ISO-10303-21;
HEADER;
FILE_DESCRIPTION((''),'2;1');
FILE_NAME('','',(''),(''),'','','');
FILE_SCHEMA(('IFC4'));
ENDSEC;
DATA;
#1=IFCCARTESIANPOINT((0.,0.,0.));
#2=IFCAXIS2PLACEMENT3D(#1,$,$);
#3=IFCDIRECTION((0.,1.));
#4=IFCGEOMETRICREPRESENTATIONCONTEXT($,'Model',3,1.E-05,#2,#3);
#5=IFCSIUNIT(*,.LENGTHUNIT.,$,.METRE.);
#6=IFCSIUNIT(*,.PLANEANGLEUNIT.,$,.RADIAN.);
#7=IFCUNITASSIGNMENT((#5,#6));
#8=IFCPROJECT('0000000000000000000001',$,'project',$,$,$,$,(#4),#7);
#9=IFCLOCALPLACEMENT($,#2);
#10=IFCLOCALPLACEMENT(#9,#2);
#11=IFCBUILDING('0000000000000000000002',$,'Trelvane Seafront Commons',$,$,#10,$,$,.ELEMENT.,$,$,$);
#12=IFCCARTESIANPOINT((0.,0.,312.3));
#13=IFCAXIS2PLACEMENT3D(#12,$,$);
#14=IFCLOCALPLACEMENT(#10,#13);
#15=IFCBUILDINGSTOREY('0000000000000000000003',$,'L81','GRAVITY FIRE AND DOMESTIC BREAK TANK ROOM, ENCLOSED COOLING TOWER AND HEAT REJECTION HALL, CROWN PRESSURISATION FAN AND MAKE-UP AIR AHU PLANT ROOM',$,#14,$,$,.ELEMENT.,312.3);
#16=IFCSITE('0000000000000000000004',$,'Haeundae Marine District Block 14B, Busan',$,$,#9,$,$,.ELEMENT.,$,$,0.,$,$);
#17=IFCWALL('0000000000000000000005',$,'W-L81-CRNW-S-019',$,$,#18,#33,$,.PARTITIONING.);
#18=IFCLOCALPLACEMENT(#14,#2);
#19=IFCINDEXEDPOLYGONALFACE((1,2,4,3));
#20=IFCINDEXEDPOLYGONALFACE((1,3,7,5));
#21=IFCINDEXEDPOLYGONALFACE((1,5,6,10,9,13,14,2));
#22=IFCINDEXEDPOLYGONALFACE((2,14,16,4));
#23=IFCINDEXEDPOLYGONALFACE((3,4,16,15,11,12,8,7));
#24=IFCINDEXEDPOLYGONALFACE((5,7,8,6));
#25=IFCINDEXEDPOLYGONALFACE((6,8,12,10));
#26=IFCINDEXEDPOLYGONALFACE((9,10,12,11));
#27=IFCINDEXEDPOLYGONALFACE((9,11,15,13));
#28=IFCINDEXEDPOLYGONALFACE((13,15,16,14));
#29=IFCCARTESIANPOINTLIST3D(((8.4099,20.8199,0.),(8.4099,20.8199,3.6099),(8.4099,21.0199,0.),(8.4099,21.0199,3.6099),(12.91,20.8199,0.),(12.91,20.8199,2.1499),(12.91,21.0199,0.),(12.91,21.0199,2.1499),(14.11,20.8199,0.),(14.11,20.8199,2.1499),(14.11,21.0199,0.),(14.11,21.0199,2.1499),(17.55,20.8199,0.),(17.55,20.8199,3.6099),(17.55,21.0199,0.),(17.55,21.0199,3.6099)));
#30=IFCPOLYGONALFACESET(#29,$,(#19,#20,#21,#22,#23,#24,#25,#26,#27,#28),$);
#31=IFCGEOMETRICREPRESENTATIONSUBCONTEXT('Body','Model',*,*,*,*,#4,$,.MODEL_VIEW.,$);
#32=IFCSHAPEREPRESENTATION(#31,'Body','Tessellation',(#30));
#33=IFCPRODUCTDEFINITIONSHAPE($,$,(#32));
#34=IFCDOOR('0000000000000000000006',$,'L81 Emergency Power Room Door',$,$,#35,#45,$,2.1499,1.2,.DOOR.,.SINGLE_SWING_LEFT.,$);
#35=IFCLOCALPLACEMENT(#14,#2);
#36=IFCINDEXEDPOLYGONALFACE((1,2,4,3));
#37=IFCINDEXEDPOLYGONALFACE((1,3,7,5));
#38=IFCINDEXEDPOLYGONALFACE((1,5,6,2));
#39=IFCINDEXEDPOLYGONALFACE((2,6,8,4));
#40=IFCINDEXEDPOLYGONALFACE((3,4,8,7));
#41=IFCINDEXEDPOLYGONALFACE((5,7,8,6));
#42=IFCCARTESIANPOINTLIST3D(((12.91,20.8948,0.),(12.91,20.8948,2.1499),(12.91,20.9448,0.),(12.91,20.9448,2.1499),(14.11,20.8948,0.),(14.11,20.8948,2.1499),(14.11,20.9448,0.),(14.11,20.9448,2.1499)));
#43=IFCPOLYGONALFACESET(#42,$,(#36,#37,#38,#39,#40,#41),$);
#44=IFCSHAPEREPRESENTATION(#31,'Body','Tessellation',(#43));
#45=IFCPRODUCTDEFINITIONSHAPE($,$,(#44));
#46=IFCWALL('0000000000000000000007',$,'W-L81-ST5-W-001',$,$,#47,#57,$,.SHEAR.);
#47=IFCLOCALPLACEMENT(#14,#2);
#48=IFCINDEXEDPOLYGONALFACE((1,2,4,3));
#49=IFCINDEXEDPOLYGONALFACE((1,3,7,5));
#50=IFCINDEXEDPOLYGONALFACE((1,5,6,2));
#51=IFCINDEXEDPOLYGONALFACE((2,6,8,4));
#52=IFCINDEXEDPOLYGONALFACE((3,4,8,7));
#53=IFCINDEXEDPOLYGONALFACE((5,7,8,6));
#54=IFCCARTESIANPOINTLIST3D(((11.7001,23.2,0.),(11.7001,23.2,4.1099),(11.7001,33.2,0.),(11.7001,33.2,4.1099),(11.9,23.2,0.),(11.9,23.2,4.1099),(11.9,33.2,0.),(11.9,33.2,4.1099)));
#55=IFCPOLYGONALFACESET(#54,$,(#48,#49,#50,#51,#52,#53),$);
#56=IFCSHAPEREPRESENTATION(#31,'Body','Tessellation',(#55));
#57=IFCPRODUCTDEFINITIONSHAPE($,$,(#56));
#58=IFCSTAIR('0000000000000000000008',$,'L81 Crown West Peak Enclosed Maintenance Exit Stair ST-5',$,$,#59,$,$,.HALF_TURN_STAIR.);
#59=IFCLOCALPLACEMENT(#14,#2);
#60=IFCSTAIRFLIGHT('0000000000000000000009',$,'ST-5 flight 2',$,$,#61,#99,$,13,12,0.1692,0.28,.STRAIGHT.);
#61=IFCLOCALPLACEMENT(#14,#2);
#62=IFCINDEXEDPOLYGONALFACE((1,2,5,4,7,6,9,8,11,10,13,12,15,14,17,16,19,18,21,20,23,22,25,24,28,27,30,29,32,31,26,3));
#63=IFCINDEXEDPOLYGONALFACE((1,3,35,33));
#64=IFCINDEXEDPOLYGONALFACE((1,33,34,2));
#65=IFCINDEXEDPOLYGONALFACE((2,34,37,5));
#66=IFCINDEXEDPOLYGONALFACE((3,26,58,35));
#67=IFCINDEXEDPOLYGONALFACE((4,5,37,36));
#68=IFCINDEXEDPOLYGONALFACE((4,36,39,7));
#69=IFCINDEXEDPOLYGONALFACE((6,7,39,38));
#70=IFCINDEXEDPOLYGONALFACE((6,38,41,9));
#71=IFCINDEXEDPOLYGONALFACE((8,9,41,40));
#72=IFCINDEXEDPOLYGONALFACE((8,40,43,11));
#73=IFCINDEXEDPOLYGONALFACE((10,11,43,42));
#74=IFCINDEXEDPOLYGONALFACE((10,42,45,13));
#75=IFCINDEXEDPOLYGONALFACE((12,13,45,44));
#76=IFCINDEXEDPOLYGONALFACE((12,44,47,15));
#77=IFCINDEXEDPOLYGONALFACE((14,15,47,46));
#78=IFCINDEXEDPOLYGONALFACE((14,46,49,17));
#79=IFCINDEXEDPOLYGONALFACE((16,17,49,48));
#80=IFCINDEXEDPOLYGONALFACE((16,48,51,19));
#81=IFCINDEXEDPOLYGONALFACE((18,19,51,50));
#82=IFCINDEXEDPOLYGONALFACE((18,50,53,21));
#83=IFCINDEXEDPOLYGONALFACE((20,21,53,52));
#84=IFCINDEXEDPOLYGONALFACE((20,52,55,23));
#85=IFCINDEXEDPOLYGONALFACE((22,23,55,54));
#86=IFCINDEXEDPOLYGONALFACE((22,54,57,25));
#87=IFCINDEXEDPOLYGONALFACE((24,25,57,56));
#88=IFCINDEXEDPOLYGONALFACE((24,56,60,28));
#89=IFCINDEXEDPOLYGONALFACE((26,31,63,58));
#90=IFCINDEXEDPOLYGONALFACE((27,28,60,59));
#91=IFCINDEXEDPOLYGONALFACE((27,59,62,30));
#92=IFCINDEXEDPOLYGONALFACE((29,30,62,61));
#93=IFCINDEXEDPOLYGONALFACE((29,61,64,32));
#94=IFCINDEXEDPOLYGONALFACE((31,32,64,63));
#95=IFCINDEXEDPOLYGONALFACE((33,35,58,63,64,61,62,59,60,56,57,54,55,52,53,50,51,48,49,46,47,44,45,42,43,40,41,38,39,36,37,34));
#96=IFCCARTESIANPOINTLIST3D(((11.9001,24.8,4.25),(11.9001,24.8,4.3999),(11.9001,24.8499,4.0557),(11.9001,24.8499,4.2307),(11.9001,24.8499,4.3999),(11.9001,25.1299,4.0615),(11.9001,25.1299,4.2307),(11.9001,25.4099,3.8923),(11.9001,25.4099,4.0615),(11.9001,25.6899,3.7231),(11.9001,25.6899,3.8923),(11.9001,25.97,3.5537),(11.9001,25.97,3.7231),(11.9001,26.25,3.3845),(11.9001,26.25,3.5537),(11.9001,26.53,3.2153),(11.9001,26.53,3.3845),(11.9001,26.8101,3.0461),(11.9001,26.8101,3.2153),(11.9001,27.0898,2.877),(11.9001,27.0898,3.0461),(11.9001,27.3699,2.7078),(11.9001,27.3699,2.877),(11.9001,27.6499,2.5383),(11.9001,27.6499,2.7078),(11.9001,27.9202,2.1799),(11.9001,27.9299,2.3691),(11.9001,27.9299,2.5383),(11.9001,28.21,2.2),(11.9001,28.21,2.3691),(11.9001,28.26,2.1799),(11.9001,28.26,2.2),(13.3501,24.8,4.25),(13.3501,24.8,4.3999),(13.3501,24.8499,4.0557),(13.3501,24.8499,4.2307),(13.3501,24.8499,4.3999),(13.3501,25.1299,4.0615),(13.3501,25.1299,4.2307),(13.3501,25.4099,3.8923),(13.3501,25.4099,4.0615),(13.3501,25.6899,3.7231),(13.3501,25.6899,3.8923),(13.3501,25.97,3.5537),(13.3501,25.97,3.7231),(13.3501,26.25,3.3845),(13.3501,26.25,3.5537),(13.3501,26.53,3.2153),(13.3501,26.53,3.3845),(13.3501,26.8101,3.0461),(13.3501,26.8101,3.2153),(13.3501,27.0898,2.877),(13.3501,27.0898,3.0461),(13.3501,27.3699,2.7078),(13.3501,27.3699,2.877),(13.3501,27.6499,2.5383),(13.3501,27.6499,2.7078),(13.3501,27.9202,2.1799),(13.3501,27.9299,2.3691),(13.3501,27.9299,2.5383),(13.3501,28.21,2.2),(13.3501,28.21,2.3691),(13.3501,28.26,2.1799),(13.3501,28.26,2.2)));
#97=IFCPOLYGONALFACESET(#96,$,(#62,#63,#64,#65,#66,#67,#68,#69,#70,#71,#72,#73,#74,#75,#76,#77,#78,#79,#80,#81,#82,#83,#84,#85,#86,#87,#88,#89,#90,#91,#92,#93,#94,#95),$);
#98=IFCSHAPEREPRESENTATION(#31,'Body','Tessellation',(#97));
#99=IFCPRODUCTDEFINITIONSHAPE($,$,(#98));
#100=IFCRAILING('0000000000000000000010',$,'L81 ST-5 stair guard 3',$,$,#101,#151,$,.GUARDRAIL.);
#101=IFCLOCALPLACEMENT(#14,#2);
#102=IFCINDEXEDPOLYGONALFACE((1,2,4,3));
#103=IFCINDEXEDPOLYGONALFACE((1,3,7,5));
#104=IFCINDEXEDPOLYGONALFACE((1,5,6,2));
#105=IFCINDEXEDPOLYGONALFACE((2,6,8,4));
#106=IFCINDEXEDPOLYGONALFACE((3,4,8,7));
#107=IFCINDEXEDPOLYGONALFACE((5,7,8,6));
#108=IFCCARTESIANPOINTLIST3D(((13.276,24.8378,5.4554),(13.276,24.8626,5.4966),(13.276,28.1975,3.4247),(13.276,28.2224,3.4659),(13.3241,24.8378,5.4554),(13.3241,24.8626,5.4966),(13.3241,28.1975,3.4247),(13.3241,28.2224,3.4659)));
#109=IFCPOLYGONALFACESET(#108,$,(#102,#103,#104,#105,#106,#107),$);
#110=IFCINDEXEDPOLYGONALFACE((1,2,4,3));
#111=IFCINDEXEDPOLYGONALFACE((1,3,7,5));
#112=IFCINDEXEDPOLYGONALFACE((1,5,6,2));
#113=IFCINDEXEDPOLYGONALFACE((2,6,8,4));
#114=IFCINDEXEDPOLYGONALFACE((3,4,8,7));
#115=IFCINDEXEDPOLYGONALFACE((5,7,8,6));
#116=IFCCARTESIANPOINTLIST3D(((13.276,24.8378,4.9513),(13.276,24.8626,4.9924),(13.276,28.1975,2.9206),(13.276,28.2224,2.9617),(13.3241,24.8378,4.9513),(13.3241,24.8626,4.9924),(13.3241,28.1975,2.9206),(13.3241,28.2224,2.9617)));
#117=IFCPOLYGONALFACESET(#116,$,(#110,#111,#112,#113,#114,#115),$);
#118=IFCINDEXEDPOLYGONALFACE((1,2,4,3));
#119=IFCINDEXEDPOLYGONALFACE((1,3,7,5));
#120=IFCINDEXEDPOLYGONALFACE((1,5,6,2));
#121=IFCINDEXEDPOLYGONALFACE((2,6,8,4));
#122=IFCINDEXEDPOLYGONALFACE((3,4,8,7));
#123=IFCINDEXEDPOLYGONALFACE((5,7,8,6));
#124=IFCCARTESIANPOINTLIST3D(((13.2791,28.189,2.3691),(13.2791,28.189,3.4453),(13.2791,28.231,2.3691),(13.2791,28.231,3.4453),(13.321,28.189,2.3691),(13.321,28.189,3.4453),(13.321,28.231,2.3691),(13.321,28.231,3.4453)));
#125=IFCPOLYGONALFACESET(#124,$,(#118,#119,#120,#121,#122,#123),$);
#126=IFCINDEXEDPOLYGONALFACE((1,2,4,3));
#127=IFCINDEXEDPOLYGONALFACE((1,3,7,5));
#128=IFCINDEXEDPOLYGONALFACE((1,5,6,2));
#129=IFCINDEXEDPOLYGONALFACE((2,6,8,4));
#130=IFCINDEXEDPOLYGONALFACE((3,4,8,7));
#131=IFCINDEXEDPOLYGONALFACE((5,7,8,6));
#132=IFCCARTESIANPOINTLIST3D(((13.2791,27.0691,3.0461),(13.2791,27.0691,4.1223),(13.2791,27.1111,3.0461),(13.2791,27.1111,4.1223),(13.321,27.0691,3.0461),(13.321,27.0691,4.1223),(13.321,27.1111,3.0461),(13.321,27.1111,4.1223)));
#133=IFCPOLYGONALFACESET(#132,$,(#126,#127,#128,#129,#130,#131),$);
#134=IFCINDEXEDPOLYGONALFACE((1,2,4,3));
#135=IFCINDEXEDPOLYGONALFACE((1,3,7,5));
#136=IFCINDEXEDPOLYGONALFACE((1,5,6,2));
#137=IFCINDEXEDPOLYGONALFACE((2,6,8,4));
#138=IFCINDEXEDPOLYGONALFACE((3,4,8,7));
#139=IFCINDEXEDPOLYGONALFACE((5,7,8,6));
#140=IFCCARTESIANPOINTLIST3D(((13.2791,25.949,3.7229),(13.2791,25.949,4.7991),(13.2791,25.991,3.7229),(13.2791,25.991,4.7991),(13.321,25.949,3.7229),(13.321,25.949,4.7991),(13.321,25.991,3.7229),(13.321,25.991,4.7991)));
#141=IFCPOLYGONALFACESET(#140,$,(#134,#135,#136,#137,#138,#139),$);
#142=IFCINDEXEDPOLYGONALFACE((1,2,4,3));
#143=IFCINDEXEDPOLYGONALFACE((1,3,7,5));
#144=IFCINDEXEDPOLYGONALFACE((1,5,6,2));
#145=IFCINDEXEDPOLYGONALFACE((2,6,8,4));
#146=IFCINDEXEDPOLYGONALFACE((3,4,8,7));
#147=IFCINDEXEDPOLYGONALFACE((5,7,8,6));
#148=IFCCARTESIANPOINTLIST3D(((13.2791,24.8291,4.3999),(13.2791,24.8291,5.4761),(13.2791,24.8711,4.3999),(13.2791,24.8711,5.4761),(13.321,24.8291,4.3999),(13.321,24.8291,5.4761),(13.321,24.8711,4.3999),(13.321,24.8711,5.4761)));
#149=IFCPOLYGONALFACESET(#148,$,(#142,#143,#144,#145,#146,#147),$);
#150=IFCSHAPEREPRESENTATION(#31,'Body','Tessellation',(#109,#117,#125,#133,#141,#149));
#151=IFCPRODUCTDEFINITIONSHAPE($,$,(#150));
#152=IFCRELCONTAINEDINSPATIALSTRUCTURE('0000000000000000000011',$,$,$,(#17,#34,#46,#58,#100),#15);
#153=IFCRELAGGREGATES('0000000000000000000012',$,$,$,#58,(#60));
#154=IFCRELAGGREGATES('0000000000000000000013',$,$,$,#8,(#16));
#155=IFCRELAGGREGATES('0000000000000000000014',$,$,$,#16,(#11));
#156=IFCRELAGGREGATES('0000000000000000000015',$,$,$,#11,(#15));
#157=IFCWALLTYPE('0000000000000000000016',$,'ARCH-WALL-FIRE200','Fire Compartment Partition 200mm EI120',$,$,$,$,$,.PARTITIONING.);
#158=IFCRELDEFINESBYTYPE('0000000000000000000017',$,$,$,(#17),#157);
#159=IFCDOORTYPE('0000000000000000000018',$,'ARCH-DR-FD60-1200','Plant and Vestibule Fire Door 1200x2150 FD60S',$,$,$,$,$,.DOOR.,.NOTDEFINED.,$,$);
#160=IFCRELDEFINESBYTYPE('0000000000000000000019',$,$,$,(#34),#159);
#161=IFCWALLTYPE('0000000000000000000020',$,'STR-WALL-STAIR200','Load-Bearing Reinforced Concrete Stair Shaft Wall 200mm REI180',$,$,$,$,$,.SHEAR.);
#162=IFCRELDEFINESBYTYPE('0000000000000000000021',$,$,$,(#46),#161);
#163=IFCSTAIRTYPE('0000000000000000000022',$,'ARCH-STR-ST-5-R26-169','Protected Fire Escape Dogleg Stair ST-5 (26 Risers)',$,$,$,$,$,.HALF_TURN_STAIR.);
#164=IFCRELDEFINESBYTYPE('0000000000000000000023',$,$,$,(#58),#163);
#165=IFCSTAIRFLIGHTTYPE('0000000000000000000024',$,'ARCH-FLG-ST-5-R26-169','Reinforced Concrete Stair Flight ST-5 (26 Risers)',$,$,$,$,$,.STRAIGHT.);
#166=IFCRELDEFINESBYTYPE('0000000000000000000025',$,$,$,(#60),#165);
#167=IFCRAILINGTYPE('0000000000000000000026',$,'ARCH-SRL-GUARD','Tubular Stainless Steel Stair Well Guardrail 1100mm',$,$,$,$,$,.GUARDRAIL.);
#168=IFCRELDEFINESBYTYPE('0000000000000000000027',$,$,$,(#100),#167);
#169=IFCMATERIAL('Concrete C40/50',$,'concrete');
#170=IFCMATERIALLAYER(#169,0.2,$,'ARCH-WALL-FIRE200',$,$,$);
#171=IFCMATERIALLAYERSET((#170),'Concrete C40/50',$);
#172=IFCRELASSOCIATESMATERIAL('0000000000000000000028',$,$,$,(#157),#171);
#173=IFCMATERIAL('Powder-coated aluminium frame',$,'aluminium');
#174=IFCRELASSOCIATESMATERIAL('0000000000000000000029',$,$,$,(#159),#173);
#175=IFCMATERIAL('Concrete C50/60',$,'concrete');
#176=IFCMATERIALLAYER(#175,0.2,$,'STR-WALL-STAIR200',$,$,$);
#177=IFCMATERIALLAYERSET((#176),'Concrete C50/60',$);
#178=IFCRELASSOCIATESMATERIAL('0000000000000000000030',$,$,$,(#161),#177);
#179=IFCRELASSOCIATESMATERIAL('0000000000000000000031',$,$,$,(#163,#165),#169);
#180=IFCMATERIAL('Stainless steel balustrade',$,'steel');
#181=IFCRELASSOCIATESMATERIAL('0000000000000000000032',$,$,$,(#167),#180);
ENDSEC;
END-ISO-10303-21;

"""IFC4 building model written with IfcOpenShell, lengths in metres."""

from ifc_helpers import new_model, si_unit, direction, frame, frame_2d, origin, origin_2d, place, context, subcontext, project, spatial, polyline, rectangle, outline, extrude, source, transform, mapped, material, layer, layer_set, type_object, element, fill, aggregate, save


model = new_model("IFC4")

# Units and contexts
model_context = context("Model", 3, precision=1e-05, world=origin(), true_north=direction((0.0, 1.0)))
body_context = subcontext(model_context, "Body", "Model", "MODEL_VIEW")
ifc_project = project(units=[si_unit("LENGTHUNIT", "METRE"), si_unit("PLANEANGLEUNIT", "RADIAN")], contexts=[model_context])

# Site, building, storey
site_placement = place(None, origin())
site = spatial("IfcSite", under=ifc_project, at=site_placement, Name="Haeundae Marine District Block 14B, Busan", CompositionType="ELEMENT", RefElevation=0.0)
building_placement = place(site_placement, origin())
building = spatial("IfcBuilding", under=site, at=building_placement, Name="Trelvane Seafront Commons", CompositionType="ELEMENT")
storey_placement = place(building_placement, frame((0.0, 0.0, 312.3)))
storey = spatial("IfcBuildingStorey", under=building, at=storey_placement, Name="L81", Description="GRAVITY FIRE AND DOMESTIC BREAK TANK ROOM, ENCLOSED COOLING TOWER AND HEAT REJECTION HALL, CROWN PRESSURISATION FAN AND MAKE-UP AIR AHU PLANT ROOM", CompositionType="ELEMENT", Elevation=312.3)

# Wall, opening, door
ifc_material_1 = material(Name="Concrete C40/50", Category="concrete")
ifc_layer_1 = layer(ifc_material_1, 0.2, Name="ARCH-WALL-FIRE200")
ifc_layer_set_1 = layer_set([ifc_layer_1], Name="Concrete C40/50")
wall_type_1 = type_object("IfcWallType", Name="ARCH-WALL-FIRE200", Description="Fire Compartment Partition 200mm EI120", PredefinedType="PARTITIONING", material=ifc_layer_set_1)
wall_1_placement = place(storey_placement, frame((8.4099, 20.9199, 0.0), z_axis=(0.0, 0.0, 1.0), x_axis=(1.0, 0.0, 0.0)))
wall_1 = element("IfcWall", 1, at=wall_1_placement, inside=storey, type_object=wall_type_1, Name="W-L81-CRNW-S-019", PredefinedType="PARTITIONING", context=body_context, shape_type="SweptSolid", body=[
    extrude(rectangle(XDim=9.1401, YDim=0.2, at=frame_2d((4.5701, 0.0))), origin(), (0.0, 0.0, 1.0), 3.6099),
])
opening_1_placement = place(wall_1_placement, frame((4.5, 0.0, 0.0)))
opening_1 = element("IfcOpeningElement", 2, at=opening_1_placement, cuts=wall_1, PredefinedType="OPENING", context=body_context, shape_type="SweptSolid", body=[
    extrude(rectangle(XDim=1.2, YDim=2.1499, at=frame_2d((0.6001, 1.075))), frame((0.0, 0.1099, 0.0), z_axis=(0.0, -1.0, 0.0), x_axis=(1.0, 0.0, 0.0)), (0.0, 0.0, 1.0), 0.22),
])
ifc_material_2 = material(Name="Powder-coated aluminium frame", Category="aluminium")
door_type_1 = type_object("IfcDoorType", Name="ARCH-DR-FD60-1200", Description="Plant and Vestibule Fire Door 1200x2150 FD60S", OperationType="NOTDEFINED", PredefinedType="DOOR", material=ifc_material_2)
shared_shape_1 = source(origin(), body_context, "Body", "SweptSolid", [
    extrude(rectangle(XDim=1.2, YDim=2.1499, at=frame_2d((0.6001, 1.075))), frame((0.0, 0.0249, 0.0), z_axis=(0.0, -1.0, 0.0), x_axis=(1.0, 0.0, 0.0)), (0.0, 0.0, 1.0), 0.05),
])
door_1_placement = place(opening_1_placement, origin())
door_1 = element("IfcDoor", 3, at=door_1_placement, inside=storey, type_object=door_type_1, Name="L81 Emergency Power Room Door", OperationType="SINGLE_SWING_LEFT", OverallHeight=2.1499, OverallWidth=1.2, PredefinedType="DOOR", context=body_context, shape_type="MappedRepresentation", body=[
    mapped(shared_shape_1, transform((0.0, 0.0, 0.0), x_axis=(1.0, 0.0, 0.0), y_axis=(0.0, 1.0, 0.0), z_axis=(0.0, 0.0, 1.0), scale=1.0)),
])
fill(opening_1, door_1)

# Wall
ifc_material_3 = material(Name="Concrete C50/60", Category="concrete")
ifc_layer_2 = layer(ifc_material_3, 0.2, Name="STR-WALL-STAIR200")
ifc_layer_set_2 = layer_set([ifc_layer_2], Name="Concrete C50/60")
wall_type_2 = type_object("IfcWallType", Name="STR-WALL-STAIR200", Description="Load-Bearing Reinforced Concrete Stair Shaft Wall 200mm REI180", PredefinedType="SHEAR", material=ifc_layer_set_2)
wall_2_placement = place(storey_placement, frame((11.8, 23.2, 0.0), z_axis=(0.0, 0.0, 1.0), x_axis=(0.0, 1.0, 0.0)))
element("IfcWall", 4, at=wall_2_placement, inside=storey, type_object=wall_type_2, Name="W-L81-ST5-W-001", PredefinedType="SHEAR", context=body_context, shape_type="SweptSolid", body=[
    extrude(rectangle(XDim=10.0, YDim=0.2, at=frame_2d((5.0, 0.0))), origin(), (0.0, 0.0, 1.0), 4.1099),
])

# Stair, stair flight
stair_type = type_object("IfcStairType", Name="ARCH-STR-ST-5-R26-169", Description="Protected Fire Escape Dogleg Stair ST-5 (26 Risers)", PredefinedType="HALF_TURN_STAIR", material=ifc_material_1)
stair_placement = place(storey_placement, origin())
stair = element("IfcStair", 5, at=stair_placement, inside=storey, type_object=stair_type, Name="L81 Crown West Peak Enclosed Maintenance Exit Stair ST-5", PredefinedType="HALF_TURN_STAIR")
stair_flight_type = type_object("IfcStairFlightType", Name="ARCH-FLG-ST-5-R26-169", Description="Reinforced Concrete Stair Flight ST-5 (26 Risers)", PredefinedType="STRAIGHT", material=ifc_material_1)
shared_shape_2 = source(origin(), body_context, "Body", "SweptSolid", [
    extrude(outline(polyline([(-0.05, -0.02), (-0.05, 0.0), (0.0, 0.0), (0.0, 0.1692), (0.28, 0.1692), (0.28, 0.3384), (0.5601, 0.3384), (0.5601, 0.5078), (0.8401, 0.5078), (0.8401, 0.677), (1.1201, 0.677), (1.1201, 0.8462), (1.3999, 0.8462), (1.3999, 1.0154), (1.6799, 1.0154), (1.6799, 1.1846), (1.96, 1.1846), (1.96, 1.3538), (2.24, 1.3538), (2.24, 1.5232), (2.52, 1.5232), (2.52, 1.6924), (2.8, 1.6924), (2.8, 1.8616), (3.0801, 1.8616), (3.0801, 2.0308), (3.3601, 2.0308), (3.3601, 2.2), (3.4099, 2.2), (3.4099, 2.05), (3.3601, 1.8557), (0.2898, -0.02), (-0.05, -0.02)])), frame((0.0, 0.7251, 0.0), z_axis=(0.0, -1.0, 0.0), x_axis=(1.0, 0.0, 0.0)), (0.0, 0.0, 1.0), 1.45),
])
stair_flight_placement = place(storey_placement, frame((12.625, 28.21, 2.2), z_axis=(0.0, 0.0, 1.0), x_axis=(0.0, -1.0, 0.0)))
stair_flight = element("IfcStairFlight", 6, at=stair_flight_placement, type_object=stair_flight_type, Name="ST-5 flight 2", NumberOfRisers=13, NumberOfTreads=12, PredefinedType="STRAIGHT", RiserHeight=0.1692, TreadLength=0.28, context=body_context, shape_type="MappedRepresentation", body=[
    mapped(shared_shape_2, transform((0.0, 0.0, 0.0), x_axis=(1.0, 0.0, 0.0), y_axis=(0.0, 1.0, 0.0), z_axis=(0.0, 0.0, 1.0), scale=1.0)),
])
aggregate(stair, [stair_flight])

# Railing
ifc_material_4 = material(Name="Stainless steel balustrade", Category="steel")
railing_type_1 = type_object("IfcRailingType", Name="ARCH-SRL-GUARD", Description="Tubular Stainless Steel Stair Well Guardrail 1100mm", PredefinedType="GUARDRAIL", material=ifc_material_4)
railing_1_placement = place(storey_placement, frame((13.3, 28.21, 2.3691)))
element("IfcRailing", 7, at=railing_1_placement, inside=storey, type_object=railing_type_1, Name="L81 ST-5 stair guard 3", PredefinedType="GUARDRAIL", context=body_context, shape_type="SweptSolid", body=[
    extrude(rectangle(XDim=0.0481, YDim=0.0481, at=origin_2d()), frame((0.0, 0.0, 1.0762), z_axis=(0.0, -0.85582, 0.517273), x_axis=(1.0, 0.0, 0.0)), (0.0, 0.0, 1.0), 3.9258),
    extrude(rectangle(XDim=0.0481, YDim=0.0481, at=origin_2d()), frame((0.0, 0.0, 0.572), z_axis=(0.0, -0.85582, 0.517273), x_axis=(1.0, 0.0, 0.0)), (0.0, 0.0, 1.0), 3.9258),
    extrude(rectangle(XDim=0.042, YDim=0.042, at=origin_2d()), origin(), (0.0, 0.0, 1.0), 1.0762),
    extrude(rectangle(XDim=0.042, YDim=0.042, at=origin_2d()), frame((0.0, -1.1199, 0.677)), (0.0, 0.0, 1.0), 1.0762),
    extrude(rectangle(XDim=0.042, YDim=0.042, at=origin_2d()), frame((0.0, -2.24, 1.3538)), (0.0, 0.0, 1.0), 1.0762),
    extrude(rectangle(XDim=0.042, YDim=0.042, at=origin_2d()), frame((0.0, -3.3599, 2.0308)), (0.0, 0.0, 1.0), 1.0762),
])

save(model, "model.ifc")
